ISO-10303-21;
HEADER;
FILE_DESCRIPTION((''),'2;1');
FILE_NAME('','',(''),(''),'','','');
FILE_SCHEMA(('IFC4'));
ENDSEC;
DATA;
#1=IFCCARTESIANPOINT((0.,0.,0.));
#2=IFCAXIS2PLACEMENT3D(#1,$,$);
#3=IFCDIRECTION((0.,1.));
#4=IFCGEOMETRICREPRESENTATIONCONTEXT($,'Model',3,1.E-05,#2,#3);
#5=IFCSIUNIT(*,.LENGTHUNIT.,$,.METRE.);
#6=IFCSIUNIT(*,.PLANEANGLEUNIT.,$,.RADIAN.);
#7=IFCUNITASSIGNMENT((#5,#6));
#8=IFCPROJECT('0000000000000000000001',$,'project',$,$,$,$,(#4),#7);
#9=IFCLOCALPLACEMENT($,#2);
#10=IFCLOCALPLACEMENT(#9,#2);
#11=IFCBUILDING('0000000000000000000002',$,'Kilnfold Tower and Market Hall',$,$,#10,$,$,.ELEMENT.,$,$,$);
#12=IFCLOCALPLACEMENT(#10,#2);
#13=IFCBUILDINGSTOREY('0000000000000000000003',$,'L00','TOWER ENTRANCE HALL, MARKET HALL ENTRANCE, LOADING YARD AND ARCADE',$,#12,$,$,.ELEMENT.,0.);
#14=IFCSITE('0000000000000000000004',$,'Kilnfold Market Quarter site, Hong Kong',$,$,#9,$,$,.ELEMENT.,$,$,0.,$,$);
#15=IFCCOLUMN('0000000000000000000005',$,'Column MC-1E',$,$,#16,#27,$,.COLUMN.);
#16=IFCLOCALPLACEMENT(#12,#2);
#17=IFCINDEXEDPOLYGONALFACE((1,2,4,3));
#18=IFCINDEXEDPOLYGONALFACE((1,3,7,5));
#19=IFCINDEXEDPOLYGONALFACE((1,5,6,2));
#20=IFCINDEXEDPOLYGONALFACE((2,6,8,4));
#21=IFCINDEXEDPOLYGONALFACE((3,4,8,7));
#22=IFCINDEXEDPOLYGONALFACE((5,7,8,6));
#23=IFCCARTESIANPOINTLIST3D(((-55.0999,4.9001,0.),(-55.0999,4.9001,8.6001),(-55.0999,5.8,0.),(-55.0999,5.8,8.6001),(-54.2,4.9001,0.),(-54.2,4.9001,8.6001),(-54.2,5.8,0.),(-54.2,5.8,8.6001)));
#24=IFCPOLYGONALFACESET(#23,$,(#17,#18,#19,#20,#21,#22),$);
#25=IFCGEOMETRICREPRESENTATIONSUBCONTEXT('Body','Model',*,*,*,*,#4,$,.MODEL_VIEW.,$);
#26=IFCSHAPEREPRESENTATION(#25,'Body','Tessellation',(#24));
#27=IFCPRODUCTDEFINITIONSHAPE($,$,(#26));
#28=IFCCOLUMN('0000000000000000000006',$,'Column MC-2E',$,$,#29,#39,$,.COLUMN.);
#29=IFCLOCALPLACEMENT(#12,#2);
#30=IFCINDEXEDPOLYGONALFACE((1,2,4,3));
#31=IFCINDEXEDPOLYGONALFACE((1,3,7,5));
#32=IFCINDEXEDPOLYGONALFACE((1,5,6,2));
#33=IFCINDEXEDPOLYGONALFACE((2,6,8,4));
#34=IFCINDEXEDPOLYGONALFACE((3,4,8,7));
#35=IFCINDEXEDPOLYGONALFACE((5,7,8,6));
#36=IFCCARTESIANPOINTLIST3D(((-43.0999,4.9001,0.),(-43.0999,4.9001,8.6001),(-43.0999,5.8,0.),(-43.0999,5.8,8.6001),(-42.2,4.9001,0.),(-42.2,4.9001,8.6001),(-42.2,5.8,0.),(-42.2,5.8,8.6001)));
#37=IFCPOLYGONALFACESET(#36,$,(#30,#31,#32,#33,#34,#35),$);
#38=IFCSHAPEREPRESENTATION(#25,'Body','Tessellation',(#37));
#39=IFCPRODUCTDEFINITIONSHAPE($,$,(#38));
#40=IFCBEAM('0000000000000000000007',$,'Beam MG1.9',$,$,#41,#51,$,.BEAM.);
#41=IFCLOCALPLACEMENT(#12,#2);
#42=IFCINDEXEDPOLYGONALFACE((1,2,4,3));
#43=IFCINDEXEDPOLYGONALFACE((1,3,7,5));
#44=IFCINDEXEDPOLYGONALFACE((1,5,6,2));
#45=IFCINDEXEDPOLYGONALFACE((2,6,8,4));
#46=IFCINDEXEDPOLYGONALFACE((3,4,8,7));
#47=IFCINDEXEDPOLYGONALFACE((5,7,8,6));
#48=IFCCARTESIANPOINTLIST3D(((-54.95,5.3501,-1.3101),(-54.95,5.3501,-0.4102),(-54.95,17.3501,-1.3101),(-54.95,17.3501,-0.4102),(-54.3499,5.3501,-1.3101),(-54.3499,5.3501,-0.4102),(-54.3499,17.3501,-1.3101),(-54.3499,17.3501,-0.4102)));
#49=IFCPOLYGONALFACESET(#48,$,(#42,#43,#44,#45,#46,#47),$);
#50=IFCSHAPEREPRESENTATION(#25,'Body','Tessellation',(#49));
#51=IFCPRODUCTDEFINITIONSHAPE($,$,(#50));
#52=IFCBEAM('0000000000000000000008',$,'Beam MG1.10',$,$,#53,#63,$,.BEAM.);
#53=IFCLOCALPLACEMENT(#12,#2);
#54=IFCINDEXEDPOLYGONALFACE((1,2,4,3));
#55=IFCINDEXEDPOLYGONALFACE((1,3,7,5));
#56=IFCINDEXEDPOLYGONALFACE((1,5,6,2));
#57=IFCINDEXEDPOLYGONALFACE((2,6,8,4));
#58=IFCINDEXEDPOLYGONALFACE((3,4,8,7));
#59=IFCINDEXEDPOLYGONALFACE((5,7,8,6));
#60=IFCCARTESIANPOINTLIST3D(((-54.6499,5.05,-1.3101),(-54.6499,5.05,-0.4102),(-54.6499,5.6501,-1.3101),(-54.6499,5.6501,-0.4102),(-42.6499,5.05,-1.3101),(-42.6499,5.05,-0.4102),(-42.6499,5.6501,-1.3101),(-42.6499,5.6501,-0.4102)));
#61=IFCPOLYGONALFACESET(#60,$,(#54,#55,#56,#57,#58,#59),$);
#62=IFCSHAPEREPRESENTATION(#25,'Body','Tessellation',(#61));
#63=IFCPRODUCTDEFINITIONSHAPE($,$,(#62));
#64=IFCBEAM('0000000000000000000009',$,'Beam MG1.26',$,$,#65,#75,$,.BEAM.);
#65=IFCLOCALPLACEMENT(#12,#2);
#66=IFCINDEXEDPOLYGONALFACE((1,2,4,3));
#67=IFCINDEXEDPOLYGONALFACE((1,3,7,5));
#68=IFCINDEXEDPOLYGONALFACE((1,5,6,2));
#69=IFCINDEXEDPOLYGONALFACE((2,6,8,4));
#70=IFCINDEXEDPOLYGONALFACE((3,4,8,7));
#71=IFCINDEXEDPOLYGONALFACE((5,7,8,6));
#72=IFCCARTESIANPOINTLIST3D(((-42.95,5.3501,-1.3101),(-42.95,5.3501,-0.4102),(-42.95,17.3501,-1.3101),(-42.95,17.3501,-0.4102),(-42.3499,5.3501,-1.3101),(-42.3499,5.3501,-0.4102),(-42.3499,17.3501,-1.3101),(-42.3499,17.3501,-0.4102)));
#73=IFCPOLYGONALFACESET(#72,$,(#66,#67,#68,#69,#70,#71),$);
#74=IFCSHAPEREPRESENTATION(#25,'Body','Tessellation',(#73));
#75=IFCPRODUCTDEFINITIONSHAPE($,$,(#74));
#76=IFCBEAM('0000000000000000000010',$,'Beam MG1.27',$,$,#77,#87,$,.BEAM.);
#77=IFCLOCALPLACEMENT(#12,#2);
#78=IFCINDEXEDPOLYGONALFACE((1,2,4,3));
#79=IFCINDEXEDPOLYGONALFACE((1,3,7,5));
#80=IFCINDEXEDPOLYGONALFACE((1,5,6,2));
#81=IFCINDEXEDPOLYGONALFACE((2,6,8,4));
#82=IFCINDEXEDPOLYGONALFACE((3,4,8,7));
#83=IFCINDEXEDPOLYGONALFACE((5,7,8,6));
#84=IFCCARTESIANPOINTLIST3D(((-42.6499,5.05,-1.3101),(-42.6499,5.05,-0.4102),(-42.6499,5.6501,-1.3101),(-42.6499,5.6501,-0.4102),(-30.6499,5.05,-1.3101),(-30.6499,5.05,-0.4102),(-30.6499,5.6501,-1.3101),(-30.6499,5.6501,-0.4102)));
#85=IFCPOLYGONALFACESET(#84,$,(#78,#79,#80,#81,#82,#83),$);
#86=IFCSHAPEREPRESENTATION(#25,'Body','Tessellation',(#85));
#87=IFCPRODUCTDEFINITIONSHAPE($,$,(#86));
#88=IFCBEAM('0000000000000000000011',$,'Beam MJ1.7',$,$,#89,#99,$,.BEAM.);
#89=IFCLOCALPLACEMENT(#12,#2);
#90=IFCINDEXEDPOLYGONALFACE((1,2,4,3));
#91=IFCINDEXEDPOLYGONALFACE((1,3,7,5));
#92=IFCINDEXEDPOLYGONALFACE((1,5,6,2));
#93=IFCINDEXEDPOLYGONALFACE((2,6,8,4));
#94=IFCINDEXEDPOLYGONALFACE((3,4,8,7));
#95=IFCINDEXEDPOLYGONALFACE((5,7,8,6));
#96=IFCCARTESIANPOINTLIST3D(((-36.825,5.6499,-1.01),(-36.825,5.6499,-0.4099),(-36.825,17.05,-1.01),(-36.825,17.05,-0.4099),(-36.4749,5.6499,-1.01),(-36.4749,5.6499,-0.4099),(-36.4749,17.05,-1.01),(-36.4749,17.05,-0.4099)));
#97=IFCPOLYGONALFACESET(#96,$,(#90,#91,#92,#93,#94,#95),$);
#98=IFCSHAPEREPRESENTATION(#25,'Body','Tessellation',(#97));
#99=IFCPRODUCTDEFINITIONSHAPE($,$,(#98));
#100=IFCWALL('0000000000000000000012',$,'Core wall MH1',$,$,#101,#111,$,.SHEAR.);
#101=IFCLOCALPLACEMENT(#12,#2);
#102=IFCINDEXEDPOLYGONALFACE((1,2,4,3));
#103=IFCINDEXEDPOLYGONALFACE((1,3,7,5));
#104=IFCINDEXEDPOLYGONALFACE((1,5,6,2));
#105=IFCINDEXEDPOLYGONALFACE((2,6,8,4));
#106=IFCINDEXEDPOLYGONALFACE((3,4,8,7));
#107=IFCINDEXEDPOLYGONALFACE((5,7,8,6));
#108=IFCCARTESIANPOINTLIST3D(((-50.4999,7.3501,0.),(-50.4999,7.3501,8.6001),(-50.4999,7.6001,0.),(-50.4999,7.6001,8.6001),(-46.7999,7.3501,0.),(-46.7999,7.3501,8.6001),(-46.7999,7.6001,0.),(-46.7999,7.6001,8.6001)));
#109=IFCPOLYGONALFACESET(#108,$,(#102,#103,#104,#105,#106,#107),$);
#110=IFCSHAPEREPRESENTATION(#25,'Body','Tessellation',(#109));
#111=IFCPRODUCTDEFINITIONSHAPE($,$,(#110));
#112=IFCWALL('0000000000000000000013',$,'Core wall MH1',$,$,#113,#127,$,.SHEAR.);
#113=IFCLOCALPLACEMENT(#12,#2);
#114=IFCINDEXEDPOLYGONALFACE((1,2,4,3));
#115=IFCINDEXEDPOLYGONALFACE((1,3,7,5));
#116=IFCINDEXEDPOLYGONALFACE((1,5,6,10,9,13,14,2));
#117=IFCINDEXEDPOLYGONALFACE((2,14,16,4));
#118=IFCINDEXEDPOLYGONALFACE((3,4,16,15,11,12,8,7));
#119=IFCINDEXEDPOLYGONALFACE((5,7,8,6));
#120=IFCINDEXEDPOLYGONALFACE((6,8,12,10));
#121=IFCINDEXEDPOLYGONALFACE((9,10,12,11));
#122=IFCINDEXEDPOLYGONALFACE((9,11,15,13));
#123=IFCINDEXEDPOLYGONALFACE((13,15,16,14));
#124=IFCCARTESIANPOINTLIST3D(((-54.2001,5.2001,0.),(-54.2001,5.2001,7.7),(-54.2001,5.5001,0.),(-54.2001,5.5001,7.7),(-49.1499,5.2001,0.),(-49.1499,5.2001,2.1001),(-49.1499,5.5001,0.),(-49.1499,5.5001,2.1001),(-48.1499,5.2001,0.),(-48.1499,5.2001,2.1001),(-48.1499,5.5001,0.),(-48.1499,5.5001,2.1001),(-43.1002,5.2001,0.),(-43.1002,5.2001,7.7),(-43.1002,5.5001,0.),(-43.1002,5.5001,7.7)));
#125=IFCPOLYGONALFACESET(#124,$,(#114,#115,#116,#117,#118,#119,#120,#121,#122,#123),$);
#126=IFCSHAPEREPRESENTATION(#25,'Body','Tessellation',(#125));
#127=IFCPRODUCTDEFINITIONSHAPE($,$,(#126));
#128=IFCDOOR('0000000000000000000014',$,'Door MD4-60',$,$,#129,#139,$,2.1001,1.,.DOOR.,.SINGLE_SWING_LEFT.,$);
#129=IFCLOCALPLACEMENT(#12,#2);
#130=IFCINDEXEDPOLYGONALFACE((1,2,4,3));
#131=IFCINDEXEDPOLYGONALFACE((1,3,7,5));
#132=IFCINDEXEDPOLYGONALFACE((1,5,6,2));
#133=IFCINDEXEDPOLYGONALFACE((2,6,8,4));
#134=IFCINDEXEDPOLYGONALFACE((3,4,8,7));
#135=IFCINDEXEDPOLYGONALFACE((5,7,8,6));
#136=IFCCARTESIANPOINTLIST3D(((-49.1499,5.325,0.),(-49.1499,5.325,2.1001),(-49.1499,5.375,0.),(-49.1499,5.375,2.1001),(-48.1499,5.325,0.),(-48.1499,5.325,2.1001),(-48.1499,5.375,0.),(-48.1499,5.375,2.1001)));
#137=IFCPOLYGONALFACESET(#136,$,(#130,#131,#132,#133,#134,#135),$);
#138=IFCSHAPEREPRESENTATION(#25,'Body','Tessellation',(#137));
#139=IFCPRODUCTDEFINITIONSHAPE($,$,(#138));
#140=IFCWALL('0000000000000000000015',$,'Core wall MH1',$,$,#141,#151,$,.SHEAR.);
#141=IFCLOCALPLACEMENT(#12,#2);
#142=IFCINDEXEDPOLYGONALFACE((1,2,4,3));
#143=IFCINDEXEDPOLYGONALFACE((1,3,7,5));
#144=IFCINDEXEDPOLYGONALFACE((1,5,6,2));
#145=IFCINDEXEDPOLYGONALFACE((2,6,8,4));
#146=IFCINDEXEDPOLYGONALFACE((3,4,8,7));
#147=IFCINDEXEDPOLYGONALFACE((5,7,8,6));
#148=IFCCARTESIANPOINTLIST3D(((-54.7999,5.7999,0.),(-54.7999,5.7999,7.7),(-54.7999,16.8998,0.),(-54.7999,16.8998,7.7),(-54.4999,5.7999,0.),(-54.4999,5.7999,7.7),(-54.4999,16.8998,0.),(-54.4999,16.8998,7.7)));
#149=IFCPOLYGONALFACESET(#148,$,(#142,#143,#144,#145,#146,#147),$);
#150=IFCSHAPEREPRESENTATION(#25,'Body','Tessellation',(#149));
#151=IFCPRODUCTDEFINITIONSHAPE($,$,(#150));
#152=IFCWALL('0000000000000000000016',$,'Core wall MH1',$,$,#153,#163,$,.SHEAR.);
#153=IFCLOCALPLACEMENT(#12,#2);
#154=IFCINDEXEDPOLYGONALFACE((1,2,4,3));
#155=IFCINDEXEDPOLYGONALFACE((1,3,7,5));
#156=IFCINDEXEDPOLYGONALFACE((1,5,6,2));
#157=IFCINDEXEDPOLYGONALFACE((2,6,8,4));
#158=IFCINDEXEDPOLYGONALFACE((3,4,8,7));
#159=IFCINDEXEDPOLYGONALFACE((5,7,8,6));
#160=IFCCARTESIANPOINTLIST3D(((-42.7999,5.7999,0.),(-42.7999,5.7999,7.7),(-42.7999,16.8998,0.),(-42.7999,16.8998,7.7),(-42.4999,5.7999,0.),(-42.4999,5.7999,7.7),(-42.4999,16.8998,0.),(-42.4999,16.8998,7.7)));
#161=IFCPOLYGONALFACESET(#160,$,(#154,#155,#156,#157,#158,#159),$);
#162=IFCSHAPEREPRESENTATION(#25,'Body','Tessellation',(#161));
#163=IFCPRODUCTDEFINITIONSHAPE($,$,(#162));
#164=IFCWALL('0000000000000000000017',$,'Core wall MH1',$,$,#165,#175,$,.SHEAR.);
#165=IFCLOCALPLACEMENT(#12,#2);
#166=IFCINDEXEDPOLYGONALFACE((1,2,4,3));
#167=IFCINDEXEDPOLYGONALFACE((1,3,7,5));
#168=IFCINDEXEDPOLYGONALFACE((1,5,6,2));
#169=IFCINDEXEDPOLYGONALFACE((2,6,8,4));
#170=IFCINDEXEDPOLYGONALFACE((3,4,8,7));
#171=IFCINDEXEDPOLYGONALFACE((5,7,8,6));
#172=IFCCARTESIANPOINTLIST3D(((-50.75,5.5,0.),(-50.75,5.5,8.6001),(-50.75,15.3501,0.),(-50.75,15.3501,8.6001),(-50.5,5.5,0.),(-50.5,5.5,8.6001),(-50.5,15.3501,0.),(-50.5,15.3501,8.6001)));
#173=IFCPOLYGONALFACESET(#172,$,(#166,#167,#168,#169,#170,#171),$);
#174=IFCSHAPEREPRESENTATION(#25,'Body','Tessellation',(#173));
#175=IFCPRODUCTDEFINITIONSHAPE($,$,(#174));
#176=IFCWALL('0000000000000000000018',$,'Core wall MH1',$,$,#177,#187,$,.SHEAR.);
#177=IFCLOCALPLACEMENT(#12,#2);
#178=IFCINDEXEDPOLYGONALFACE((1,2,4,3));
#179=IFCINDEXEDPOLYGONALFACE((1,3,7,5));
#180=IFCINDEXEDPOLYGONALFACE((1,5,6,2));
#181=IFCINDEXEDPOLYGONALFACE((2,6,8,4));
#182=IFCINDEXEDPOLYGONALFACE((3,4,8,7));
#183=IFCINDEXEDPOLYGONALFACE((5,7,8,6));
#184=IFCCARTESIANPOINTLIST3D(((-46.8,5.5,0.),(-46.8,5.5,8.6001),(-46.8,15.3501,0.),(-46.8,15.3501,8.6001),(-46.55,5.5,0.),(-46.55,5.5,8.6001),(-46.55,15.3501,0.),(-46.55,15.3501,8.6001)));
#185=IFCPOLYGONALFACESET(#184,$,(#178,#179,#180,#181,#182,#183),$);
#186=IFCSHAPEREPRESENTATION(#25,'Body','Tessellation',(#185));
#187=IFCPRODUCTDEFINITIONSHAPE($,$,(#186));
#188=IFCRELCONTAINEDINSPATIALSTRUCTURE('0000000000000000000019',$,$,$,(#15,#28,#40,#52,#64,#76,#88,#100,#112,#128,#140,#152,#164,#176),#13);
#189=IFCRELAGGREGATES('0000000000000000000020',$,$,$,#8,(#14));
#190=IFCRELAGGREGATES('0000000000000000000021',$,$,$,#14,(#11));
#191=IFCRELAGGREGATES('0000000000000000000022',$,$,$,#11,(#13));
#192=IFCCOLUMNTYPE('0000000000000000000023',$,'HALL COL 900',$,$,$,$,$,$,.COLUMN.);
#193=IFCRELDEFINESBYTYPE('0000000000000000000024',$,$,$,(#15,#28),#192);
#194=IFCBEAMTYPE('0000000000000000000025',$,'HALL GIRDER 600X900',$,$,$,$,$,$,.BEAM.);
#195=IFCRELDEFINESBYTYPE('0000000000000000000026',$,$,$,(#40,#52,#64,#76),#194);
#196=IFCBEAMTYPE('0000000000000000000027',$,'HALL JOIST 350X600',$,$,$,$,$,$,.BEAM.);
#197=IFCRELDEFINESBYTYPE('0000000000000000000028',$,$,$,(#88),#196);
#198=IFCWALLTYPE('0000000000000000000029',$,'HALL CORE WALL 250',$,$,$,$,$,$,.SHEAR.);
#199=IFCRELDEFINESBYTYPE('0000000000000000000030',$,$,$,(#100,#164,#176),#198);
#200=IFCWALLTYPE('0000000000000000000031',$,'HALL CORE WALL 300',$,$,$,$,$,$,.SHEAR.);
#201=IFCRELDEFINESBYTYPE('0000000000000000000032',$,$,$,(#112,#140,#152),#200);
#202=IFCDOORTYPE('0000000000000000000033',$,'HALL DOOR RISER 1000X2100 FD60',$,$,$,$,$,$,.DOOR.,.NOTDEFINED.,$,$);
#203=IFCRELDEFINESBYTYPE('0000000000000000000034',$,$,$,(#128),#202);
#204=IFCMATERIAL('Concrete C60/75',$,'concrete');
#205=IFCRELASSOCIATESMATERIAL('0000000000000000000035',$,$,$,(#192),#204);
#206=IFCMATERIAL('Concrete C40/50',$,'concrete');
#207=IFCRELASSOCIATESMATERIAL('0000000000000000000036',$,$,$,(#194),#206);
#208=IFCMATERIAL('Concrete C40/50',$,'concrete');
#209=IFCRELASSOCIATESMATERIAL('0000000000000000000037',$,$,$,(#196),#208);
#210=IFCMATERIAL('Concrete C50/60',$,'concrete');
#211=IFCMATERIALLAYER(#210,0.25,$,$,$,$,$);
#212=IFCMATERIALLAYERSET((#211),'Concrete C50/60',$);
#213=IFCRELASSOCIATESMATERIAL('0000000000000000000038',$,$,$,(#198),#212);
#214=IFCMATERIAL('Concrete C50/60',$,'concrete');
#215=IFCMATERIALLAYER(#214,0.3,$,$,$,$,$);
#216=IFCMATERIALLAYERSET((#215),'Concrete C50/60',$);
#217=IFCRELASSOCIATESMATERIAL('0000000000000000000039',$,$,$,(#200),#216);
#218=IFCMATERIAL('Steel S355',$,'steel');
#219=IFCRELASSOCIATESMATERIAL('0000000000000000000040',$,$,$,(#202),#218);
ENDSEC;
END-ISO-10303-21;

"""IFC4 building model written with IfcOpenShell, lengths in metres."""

from ifc_helpers import new_model, si_unit, direction, frame, frame_2d, origin, origin_2d, place, context, subcontext, project, spatial, rectangle, extrude, source, transform, mapped, material, layer, layer_set, material_profile, profile_set, type_object, element, fill, save


model = new_model("IFC4")

# Units and contexts
model_context = context("Model", 3, precision=1e-05, world=origin(), true_north=direction((0.0, 1.0)))
body_context = subcontext(model_context, "Body", "Model", "MODEL_VIEW")
ifc_project = project(units=[si_unit("LENGTHUNIT", "METRE"), si_unit("PLANEANGLEUNIT", "RADIAN")], contexts=[model_context])

# Site, building, storey
site_placement = place(None, origin())
site = spatial("IfcSite", under=ifc_project, at=site_placement, Name="Kilnfold Market Quarter site, Hong Kong", CompositionType="ELEMENT", RefElevation=0.0)
building_placement = place(site_placement, origin())
building = spatial("IfcBuilding", under=site, at=building_placement, Name="Kilnfold Tower and Market Hall", CompositionType="ELEMENT")
storey_placement = place(building_placement, origin())
storey = spatial("IfcBuildingStorey", under=building, at=storey_placement, Name="L00", Description="TOWER ENTRANCE HALL, MARKET HALL ENTRANCE, LOADING YARD AND ARCADE", CompositionType="ELEMENT", Elevation=0.0)

# Columns
ifc_material_1 = material(Name="Concrete C60/75", Category="concrete")
ifc_material_profile_1 = material_profile(ifc_material_1, rectangle(XDim=0.8999, YDim=0.8999, at=origin_2d()), Name="RC 900x900")
ifc_profile_set_1 = profile_set([ifc_material_profile_1], Name="Concrete C60/75")
column_type = type_object("IfcColumnType", Name="HALL COL 900", PredefinedType="COLUMN", material=ifc_profile_set_1)
shared_shape_1 = source(origin(), body_context, "Body", "SweptSolid", [
    extrude(rectangle(XDim=0.8999, YDim=0.8999, at=origin_2d()), origin(), (0.0, 0.0, 1.0), 8.6001),
])
for number, where, z_axis, x_axis, name in (
    (1, (-54.6499, 5.3501, 0.0), (0.0, 0.0, 1.0), (1.0, 0.0, 0.0), "Column MC-1E"),
    (2, (-42.6499, 5.3501, 0.0), (0.0, 0.0, 1.0), (1.0, 0.0, 0.0), "Column MC-2E"),
):
    element("IfcColumn", number, at=place(storey_placement, frame(where, z_axis=z_axis, x_axis=x_axis)), inside=storey, type_object=column_type, Name=name, PredefinedType="COLUMN", context=body_context, shape_type="MappedRepresentation", body=[
        mapped(shared_shape_1, transform((0.0, 0.0, 0.0))),
    ])

# Beams
ifc_material_2 = material(Name="Concrete C40/50", Category="concrete")
ifc_material_profile_2 = material_profile(ifc_material_2, rectangle(XDim=0.6001, YDim=0.8999, at=origin_2d()), Name="RC 600x900")
ifc_profile_set_2 = profile_set([ifc_material_profile_2], Name="Concrete C40/50")
beam_type_1 = type_object("IfcBeamType", Name="HALL GIRDER 600X900", PredefinedType="BEAM", material=ifc_profile_set_2)
for number, where, z_axis, x_axis, name in (
    (3, (-54.6499, 5.3501, -0.8601), (0.0, 1.0, 0.0), (-1.0, 0.0, 0.0), "Beam MG1.9"),
    (4, (-54.6499, 5.3501, -0.8601), (1.0, 0.0, 0.0), (0.0, 1.0, 0.0), "Beam MG1.10"),
    (5, (-42.6499, 5.3501, -0.8601), (0.0, 1.0, 0.0), (-1.0, 0.0, 0.0), "Beam MG1.26"),
    (6, (-42.6499, 5.3501, -0.8601), (1.0, 0.0, 0.0), (0.0, 1.0, 0.0), "Beam MG1.27"),
):
    element("IfcBeam", number, at=place(storey_placement, frame(where, z_axis=z_axis, x_axis=x_axis)), inside=storey, type_object=beam_type_1, Name=name, PredefinedType="BEAM", context=body_context, shape_type="SweptSolid", body=[
        extrude(rectangle(XDim=0.6001, YDim=0.8999, at=origin_2d()), origin(), (0.0, 0.0, 1.0), 12.0),
    ])
ifc_material_3 = material(Name="Concrete C40/50", Category="concrete")
ifc_material_profile_3 = material_profile(ifc_material_3, rectangle(XDim=0.3501, YDim=0.6001, at=origin_2d()), Name="RC 350x600")
ifc_profile_set_3 = profile_set([ifc_material_profile_3], Name="Concrete C40/50")
beam_type_2 = type_object("IfcBeamType", Name="HALL JOIST 350X600", PredefinedType="BEAM", material=ifc_profile_set_3)
beam_placement = place(storey_placement, frame((-36.6499, 5.6499, -0.71), z_axis=(0.0, 1.0, 0.0), x_axis=(-1.0, 0.0, 0.0)))
element("IfcBeam", 7, at=beam_placement, inside=storey, type_object=beam_type_2, Name="Beam MJ1.7", PredefinedType="BEAM", context=body_context, shape_type="SweptSolid", body=[
    extrude(rectangle(XDim=0.3501, YDim=0.6001, at=origin_2d()), origin(), (0.0, 0.0, 1.0), 11.4001),
])

# Wall
ifc_material_4 = material(Name="Concrete C50/60", Category="concrete")
ifc_layer_1 = layer(ifc_material_4, 0.25)
ifc_layer_set_1 = layer_set([ifc_layer_1], Name="Concrete C50/60")
wall_type_1 = type_object("IfcWallType", Name="HALL CORE WALL 250", PredefinedType="SHEAR", material=ifc_layer_set_1)
shared_shape_2 = source(origin(), body_context, "Body", "SweptSolid", [
    extrude(rectangle(XDim=3.7, YDim=0.25, at=frame_2d((1.8501, 0.0))), origin(), (0.0, 0.0, 1.0), 8.6001),
])
wall_1_placement = place(storey_placement, frame((-50.5, 7.4751, 0.0), z_axis=(0.0, 0.0, 1.0), x_axis=(1.0, 0.0, 0.0)))
element("IfcWall", 8, at=wall_1_placement, inside=storey, type_object=wall_type_1, Name="Core wall MH1", PredefinedType="SHEAR", context=body_context, shape_type="MappedRepresentation", body=[
    mapped(shared_shape_2, transform((0.0, 0.0, 0.0))),
])

# Wall, opening, door
ifc_material_5 = material(Name="Concrete C50/60", Category="concrete")
ifc_layer_2 = layer(ifc_material_5, 0.3)
ifc_layer_set_2 = layer_set([ifc_layer_2], Name="Concrete C50/60")
wall_type_2 = type_object("IfcWallType", Name="HALL CORE WALL 300", PredefinedType="SHEAR", material=ifc_layer_set_2)
shared_shape_3 = source(origin(), body_context, "Body", "SweptSolid", [
    extrude(rectangle(XDim=11.0999, YDim=0.3, at=frame_2d((5.5498, 0.0))), origin(), (0.0, 0.0, 1.0), 7.7),
])
wall_2_placement = place(storey_placement, frame((-54.2, 5.3501, 0.0), z_axis=(0.0, 0.0, 1.0), x_axis=(1.0, 0.0, 0.0)))
wall_2 = element("IfcWall", 9, at=wall_2_placement, inside=storey, type_object=wall_type_2, Name="Core wall MH1", PredefinedType="SHEAR", context=body_context, shape_type="MappedRepresentation", body=[
    mapped(shared_shape_3, transform((0.0, 0.0, 0.0))),
])
opening_1_placement = place(wall_2_placement, frame((5.05, 0.0, 0.0)))
opening_1 = element("IfcOpeningElement", 10, at=opening_1_placement, cuts=wall_2, PredefinedType="OPENING", context=body_context, shape_type="SweptSolid", body=[
    extrude(rectangle(XDim=1.0, YDim=2.1001, at=frame_2d((0.5, 1.05))), frame((0.0, 0.1602, 0.0), z_axis=(0.0, -1.0, 0.0), x_axis=(1.0, 0.0, 0.0)), (0.0, 0.0, 1.0), 0.3201),
])
ifc_material_6 = material(Name="Steel S355", Category="steel")
door_type_1 = type_object("IfcDoorType", Name="HALL DOOR RISER 1000X2100 FD60", OperationType="NOTDEFINED", PredefinedType="DOOR", material=ifc_material_6)
door_1_placement = place(opening_1_placement, origin())
door_1 = element("IfcDoor", 11, at=door_1_placement, inside=storey, type_object=door_type_1, Name="Door MD4-60", OperationType="SINGLE_SWING_LEFT", OverallHeight=2.1001, OverallWidth=1.0, PredefinedType="DOOR", context=body_context, shape_type="SweptSolid", body=[
    extrude(rectangle(XDim=1.0, YDim=2.1001, at=frame_2d((0.5, 1.05))), frame((0.0, 0.0249, 0.0), z_axis=(0.0, -1.0, 0.0), x_axis=(1.0, 0.0, 0.0)), (0.0, 0.0, 1.0), 0.05),
])
fill(opening_1, door_1)

# Walls
for number, where, z_axis, x_axis, name in (
    (12, (-54.6499, 5.8, 0.0), (0.0, 0.0, 1.0), (0.0, 1.0, 0.0), "Core wall MH1"),
    (13, (-42.6499, 5.8, 0.0), (0.0, 0.0, 1.0), (0.0, 1.0, 0.0), "Core wall MH1"),
):
    element("IfcWall", number, at=place(storey_placement, frame(where, z_axis=z_axis, x_axis=x_axis)), inside=storey, type_object=wall_type_2, Name=name, PredefinedType="SHEAR", context=body_context, shape_type="MappedRepresentation", body=[
        mapped(shared_shape_3, transform((0.0, 0.0, 0.0))),
    ])
shared_shape_4 = source(origin(), body_context, "Body", "SweptSolid", [
    extrude(rectangle(XDim=9.8501, YDim=0.25, at=frame_2d((4.925, 0.0))), origin(), (0.0, 0.0, 1.0), 8.6001),
])
for number, where, z_axis, x_axis, name in (
    (14, (-50.625, 5.5, 0.0), (0.0, 0.0, 1.0), (0.0, 1.0, 0.0), "Core wall MH1"),
    (15, (-46.675, 5.5, 0.0), (0.0, 0.0, 1.0), (0.0, 1.0, 0.0), "Core wall MH1"),
):
    element("IfcWall", number, at=place(storey_placement, frame(where, z_axis=z_axis, x_axis=x_axis)), inside=storey, type_object=wall_type_1, Name=name, PredefinedType="SHEAR", context=body_context, shape_type="MappedRepresentation", body=[
        mapped(shared_shape_4, transform((0.0, 0.0, 0.0))),
    ])

save(model, "model.ifc")
